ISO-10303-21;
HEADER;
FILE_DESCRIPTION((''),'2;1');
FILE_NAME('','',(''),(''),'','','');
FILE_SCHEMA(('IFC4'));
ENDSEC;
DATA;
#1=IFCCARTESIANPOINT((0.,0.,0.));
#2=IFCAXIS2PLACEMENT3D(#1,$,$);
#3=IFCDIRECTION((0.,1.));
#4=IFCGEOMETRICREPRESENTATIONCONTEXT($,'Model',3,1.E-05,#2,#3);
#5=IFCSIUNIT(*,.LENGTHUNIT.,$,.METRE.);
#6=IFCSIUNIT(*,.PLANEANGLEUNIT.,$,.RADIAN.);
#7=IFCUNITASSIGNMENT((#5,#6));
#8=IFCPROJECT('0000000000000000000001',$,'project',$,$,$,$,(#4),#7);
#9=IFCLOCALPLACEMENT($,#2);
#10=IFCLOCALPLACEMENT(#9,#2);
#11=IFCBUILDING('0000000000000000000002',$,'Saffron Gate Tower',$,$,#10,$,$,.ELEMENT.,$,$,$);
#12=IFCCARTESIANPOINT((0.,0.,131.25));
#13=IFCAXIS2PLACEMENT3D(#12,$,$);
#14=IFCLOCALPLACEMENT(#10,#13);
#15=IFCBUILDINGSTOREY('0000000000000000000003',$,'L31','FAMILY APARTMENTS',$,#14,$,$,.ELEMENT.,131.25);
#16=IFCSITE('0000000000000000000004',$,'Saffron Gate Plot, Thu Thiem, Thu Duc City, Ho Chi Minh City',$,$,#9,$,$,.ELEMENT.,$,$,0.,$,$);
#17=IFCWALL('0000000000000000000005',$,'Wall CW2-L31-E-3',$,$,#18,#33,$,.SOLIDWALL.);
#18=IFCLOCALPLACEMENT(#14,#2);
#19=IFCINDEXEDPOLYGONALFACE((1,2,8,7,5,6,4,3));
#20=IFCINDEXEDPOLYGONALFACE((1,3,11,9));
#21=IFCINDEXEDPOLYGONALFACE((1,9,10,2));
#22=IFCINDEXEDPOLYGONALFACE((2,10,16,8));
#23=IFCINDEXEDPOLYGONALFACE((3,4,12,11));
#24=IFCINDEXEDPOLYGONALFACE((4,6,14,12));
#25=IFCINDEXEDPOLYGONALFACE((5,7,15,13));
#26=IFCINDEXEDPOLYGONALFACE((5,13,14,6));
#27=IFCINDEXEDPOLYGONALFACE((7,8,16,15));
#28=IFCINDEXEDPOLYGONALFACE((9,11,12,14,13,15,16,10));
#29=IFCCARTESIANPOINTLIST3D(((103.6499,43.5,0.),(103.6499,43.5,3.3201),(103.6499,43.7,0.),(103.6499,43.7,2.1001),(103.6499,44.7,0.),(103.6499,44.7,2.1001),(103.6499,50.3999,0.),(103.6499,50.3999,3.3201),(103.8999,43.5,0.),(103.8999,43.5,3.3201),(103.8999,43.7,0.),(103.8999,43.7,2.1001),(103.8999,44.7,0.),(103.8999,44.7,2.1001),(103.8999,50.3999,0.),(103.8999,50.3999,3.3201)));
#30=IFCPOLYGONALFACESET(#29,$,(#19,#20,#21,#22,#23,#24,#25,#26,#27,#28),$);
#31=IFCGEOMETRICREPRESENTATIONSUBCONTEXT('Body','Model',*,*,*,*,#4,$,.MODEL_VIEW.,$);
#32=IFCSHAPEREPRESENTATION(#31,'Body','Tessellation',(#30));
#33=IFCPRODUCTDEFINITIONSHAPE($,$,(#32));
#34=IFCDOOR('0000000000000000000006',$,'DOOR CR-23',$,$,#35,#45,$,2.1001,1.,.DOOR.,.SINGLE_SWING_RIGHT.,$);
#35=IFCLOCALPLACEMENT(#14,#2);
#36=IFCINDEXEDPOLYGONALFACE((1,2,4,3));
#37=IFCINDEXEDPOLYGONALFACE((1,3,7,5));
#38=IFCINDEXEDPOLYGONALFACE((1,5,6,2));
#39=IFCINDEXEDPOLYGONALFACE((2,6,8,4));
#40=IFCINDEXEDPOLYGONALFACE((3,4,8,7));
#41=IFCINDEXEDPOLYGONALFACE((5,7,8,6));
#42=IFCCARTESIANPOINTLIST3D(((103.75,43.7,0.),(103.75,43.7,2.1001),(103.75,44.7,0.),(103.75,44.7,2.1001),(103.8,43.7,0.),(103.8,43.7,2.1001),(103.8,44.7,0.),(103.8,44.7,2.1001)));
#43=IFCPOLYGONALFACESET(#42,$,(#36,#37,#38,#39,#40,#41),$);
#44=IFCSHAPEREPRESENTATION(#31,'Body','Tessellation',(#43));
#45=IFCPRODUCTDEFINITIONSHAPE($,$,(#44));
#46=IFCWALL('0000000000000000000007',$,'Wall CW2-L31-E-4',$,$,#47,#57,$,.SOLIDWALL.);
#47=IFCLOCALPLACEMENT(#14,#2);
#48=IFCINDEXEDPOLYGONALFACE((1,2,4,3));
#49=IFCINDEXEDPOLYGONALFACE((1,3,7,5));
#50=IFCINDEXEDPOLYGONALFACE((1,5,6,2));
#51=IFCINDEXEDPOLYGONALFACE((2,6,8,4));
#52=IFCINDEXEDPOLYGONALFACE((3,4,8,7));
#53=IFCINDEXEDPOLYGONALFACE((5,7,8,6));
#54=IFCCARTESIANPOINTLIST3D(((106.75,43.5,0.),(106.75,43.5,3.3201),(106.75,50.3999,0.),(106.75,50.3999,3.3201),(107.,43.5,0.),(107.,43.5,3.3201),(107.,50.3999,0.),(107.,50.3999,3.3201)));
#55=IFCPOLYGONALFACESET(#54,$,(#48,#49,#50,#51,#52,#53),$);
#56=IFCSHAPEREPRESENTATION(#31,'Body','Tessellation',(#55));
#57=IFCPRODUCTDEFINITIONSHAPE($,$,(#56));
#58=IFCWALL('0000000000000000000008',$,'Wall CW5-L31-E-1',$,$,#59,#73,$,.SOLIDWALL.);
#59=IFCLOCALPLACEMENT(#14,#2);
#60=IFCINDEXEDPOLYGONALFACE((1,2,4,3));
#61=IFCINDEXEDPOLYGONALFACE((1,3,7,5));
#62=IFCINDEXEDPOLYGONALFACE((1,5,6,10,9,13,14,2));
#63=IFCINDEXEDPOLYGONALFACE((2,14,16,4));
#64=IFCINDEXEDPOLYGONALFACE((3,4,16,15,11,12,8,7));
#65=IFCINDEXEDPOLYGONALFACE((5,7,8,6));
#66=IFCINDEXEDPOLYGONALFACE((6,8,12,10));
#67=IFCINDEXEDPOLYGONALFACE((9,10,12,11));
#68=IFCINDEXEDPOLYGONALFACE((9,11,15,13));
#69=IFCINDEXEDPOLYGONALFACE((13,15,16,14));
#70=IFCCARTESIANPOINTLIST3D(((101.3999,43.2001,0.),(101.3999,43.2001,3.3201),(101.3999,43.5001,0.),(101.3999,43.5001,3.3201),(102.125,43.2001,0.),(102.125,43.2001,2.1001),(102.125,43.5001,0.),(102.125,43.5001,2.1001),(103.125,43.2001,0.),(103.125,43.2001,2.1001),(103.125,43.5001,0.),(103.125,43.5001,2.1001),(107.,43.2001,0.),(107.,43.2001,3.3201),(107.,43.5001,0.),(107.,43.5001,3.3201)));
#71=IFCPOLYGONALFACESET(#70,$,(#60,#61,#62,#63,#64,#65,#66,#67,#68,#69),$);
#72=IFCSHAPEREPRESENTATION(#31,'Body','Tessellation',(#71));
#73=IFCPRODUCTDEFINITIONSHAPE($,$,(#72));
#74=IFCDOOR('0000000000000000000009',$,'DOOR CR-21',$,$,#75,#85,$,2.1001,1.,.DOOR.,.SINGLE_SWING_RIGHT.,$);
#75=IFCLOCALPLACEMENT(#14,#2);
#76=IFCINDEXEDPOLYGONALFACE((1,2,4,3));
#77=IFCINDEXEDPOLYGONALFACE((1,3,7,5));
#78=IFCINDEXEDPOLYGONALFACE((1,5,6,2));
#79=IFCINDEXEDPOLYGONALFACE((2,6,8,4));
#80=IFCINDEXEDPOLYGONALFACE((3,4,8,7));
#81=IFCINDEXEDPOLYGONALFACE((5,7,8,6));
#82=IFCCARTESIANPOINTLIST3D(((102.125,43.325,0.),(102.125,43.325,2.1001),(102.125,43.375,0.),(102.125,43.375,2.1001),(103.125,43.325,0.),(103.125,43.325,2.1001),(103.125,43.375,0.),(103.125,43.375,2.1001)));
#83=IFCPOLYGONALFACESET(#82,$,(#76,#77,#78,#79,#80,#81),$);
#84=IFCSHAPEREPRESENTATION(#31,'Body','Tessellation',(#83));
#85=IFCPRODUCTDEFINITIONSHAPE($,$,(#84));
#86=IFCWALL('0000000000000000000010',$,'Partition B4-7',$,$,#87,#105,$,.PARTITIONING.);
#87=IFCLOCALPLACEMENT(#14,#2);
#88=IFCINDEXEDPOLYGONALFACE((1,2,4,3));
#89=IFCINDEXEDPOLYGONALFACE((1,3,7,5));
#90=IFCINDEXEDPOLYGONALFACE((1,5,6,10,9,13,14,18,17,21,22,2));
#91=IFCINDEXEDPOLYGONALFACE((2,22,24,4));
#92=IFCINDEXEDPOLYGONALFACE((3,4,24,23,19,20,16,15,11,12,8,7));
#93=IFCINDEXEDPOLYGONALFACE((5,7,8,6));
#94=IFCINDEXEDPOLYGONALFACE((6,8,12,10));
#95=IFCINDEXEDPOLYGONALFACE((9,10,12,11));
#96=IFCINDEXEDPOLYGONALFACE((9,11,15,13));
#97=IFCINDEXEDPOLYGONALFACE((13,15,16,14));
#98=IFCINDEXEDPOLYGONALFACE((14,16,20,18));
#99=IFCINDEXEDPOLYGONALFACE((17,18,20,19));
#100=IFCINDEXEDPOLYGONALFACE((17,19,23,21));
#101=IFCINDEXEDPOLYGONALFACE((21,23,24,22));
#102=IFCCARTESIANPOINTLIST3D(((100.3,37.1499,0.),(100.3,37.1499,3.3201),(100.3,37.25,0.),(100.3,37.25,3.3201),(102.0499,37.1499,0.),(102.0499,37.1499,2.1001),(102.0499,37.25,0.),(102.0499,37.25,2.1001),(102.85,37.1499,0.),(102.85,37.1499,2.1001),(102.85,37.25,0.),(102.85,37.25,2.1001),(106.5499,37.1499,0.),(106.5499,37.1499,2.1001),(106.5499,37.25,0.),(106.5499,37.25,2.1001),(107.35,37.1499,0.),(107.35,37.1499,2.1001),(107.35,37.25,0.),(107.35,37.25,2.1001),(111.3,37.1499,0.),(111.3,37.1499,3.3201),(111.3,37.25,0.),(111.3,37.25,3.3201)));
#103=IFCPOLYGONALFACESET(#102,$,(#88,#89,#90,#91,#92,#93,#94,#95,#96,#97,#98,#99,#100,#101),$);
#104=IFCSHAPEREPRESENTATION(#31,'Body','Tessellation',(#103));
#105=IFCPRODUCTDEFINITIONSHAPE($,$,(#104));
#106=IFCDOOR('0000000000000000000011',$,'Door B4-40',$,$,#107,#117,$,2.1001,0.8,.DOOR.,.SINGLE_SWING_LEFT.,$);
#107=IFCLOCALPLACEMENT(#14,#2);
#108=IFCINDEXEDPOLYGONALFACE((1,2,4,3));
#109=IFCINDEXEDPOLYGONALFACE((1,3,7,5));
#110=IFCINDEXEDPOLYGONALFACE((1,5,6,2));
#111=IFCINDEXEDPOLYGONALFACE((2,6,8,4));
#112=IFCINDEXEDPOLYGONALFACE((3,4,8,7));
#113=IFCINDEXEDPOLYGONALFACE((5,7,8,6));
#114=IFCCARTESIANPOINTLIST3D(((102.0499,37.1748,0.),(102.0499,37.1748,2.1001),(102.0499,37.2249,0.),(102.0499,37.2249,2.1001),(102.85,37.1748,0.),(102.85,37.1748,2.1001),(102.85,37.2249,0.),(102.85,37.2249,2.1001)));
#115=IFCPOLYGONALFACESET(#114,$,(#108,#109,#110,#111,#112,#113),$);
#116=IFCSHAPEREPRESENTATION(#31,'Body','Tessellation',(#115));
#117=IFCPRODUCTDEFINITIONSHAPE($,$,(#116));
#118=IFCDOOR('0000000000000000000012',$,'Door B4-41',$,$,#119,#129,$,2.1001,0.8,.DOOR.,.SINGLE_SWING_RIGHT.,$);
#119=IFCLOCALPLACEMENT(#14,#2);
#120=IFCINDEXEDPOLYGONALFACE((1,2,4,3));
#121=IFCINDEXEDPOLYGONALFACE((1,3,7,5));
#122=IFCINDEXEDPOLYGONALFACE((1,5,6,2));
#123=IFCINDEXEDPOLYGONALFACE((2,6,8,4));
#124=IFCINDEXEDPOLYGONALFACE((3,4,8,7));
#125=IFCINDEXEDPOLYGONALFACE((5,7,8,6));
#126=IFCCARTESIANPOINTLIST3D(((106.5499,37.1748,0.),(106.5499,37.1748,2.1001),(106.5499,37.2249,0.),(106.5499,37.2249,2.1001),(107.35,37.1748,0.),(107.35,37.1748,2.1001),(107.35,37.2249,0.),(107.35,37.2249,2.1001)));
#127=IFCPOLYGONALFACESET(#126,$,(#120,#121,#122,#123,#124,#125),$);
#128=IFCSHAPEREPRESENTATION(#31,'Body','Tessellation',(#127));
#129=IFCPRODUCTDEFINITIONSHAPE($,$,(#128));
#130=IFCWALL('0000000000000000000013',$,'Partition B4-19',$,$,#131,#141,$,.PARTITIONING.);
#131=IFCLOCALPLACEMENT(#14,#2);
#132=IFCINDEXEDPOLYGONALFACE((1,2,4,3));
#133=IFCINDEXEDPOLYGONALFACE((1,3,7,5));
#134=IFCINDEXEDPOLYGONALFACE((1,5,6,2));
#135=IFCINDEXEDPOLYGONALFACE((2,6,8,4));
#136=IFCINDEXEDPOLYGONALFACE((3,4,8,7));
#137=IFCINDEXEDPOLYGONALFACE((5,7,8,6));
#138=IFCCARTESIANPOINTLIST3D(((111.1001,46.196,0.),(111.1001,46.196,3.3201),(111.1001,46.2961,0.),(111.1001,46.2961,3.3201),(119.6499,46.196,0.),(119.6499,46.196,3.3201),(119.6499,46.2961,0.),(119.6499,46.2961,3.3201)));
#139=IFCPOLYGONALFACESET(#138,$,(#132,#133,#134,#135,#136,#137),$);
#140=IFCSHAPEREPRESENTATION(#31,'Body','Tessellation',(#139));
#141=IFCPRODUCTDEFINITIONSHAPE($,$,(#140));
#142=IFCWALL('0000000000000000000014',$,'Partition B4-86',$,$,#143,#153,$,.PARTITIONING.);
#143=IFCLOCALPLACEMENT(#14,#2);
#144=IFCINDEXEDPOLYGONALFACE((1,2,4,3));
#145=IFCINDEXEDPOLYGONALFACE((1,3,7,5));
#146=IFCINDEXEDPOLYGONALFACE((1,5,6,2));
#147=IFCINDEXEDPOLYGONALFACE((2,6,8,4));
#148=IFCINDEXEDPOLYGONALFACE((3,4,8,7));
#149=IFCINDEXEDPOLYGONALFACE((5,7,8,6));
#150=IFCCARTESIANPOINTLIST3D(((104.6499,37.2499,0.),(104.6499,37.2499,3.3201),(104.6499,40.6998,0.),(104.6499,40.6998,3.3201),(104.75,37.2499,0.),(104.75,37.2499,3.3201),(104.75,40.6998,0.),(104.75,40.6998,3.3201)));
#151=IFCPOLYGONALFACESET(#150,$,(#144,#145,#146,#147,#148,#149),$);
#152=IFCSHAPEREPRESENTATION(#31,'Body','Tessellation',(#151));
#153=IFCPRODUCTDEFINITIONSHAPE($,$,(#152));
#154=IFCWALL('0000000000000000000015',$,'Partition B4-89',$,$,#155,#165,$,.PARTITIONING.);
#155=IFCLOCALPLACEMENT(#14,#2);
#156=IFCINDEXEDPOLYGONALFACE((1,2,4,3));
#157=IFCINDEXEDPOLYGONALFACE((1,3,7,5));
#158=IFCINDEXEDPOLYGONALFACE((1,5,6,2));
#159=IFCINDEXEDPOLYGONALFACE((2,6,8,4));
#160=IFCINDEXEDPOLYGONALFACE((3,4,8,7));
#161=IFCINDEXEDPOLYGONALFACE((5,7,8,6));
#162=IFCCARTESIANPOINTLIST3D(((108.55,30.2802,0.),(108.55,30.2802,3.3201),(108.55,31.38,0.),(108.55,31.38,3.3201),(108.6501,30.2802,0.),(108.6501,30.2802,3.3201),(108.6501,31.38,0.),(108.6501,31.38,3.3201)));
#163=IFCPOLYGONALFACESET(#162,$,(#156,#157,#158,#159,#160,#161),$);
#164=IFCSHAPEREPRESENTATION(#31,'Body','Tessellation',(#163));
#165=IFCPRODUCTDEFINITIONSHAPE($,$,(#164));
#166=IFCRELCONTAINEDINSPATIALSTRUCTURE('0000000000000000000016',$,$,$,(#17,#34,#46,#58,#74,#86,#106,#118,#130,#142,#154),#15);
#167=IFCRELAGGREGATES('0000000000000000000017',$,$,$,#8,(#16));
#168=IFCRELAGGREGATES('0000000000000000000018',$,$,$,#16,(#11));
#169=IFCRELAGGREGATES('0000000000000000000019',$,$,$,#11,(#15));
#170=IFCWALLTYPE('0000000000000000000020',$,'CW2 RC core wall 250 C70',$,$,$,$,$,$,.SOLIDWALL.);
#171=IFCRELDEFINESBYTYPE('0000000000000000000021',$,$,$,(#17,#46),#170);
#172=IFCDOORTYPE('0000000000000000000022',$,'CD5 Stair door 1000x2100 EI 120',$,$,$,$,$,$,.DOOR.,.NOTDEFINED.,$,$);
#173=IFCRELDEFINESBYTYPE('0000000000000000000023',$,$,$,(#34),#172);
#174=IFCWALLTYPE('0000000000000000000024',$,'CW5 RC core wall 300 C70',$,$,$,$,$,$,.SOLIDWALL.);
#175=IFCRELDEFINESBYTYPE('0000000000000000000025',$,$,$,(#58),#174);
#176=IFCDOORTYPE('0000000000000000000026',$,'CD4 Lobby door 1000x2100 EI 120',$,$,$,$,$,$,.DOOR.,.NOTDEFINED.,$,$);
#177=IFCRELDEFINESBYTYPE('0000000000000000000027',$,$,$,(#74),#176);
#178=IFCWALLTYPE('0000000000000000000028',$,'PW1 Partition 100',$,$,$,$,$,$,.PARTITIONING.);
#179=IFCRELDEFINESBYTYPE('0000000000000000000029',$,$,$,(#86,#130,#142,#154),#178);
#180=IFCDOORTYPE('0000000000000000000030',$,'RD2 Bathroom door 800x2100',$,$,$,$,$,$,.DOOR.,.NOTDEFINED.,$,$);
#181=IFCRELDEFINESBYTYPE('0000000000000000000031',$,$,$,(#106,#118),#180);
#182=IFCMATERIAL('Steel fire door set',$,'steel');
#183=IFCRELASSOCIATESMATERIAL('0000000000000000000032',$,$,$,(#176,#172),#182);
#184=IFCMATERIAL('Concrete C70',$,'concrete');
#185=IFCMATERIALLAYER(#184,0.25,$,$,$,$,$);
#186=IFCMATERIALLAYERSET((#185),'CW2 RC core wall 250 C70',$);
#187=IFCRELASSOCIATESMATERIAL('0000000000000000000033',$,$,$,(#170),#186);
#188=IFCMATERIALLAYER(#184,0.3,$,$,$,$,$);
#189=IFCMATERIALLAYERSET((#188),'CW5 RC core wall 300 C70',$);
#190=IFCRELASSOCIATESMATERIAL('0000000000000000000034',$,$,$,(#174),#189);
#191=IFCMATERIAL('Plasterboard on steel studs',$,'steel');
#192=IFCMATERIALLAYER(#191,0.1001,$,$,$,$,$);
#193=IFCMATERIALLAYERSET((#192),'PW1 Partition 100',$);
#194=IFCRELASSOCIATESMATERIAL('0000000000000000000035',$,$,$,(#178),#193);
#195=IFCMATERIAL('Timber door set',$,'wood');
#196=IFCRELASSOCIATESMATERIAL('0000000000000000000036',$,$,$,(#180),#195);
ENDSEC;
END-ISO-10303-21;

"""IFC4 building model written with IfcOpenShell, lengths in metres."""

from ifc_helpers import new_model, si_unit, direction, frame, frame_2d, origin, place, context, subcontext, project, spatial, rectangle, extrude, material, layer, layer_set, type_object, element, fill, save


model = new_model("IFC4")

# Units and contexts
model_context = context("Model", 3, precision=1e-05, world=origin(), true_north=direction((0.0, 1.0)))
body_context = subcontext(model_context, "Body", "Model", "MODEL_VIEW")
ifc_project = project(units=[si_unit("LENGTHUNIT", "METRE"), si_unit("PLANEANGLEUNIT", "RADIAN")], contexts=[model_context])

# Site, building, storey
site_placement = place(None, origin())
site = spatial("IfcSite", under=ifc_project, at=site_placement, Name="Saffron Gate Plot, Thu Thiem, Thu Duc City, Ho Chi Minh City", CompositionType="ELEMENT", RefElevation=0.0)
building_placement = place(site_placement, origin())
building = spatial("IfcBuilding", under=site, at=building_placement, Name="Saffron Gate Tower", CompositionType="ELEMENT")
storey_placement = place(building_placement, frame((0.0, 0.0, 131.25)))
storey = spatial("IfcBuildingStorey", under=building, at=storey_placement, Name="L31", Description="FAMILY APARTMENTS", CompositionType="ELEMENT", Elevation=131.25)

# Wall, opening, door
ifc_material_1 = material(Name="Steel fire door set", Category="steel")
door_type_1 = type_object("IfcDoorType", Name="CD4 Lobby door 1000x2100 EI 120", OperationType="NOTDEFINED", PredefinedType="DOOR", material=ifc_material_1)
ifc_material_2 = material(Name="Concrete C70", Category="concrete")
ifc_layer_1 = layer(ifc_material_2, 0.25)
ifc_layer_set_1 = layer_set([ifc_layer_1], Name="CW2 RC core wall 250 C70")
wall_type_1 = type_object("IfcWallType", Name="CW2 RC core wall 250 C70", PredefinedType="SOLIDWALL", material=ifc_layer_set_1)
wall_1_placement = place(storey_placement, frame((103.7749, 43.5, 0.0), z_axis=(0.0, 0.0, 1.0), x_axis=(0.0, 1.0, 0.0)))
wall_1 = element("IfcWall", 1, at=wall_1_placement, inside=storey, type_object=wall_type_1, Name="Wall CW2-L31-E-3", PredefinedType="SOLIDWALL", context=body_context, shape_type="SweptSolid", body=[
    extrude(rectangle(XDim=6.8999, YDim=0.25, at=frame_2d((3.45, 0.0))), origin(), (0.0, 0.0, 1.0), 3.3201),
])
opening_1_placement = place(wall_1_placement, frame((0.2, 0.0, 0.0)))
opening_1 = element("IfcOpeningElement", 2, at=opening_1_placement, cuts=wall_1, PredefinedType="OPENING", context=body_context, shape_type="SweptSolid", body=[
    extrude(rectangle(XDim=1.0, YDim=2.1001, at=frame_2d((0.5, 1.05))), frame((0.0, 0.135, 0.0), z_axis=(0.0, -1.0, 0.0), x_axis=(1.0, 0.0, 0.0)), (0.0, 0.0, 1.0), 0.27),
])
door_type_2 = type_object("IfcDoorType", Name="CD5 Stair door 1000x2100 EI 120", OperationType="NOTDEFINED", PredefinedType="DOOR", material=ifc_material_1)
door_1_placement = place(opening_1_placement, origin())
door_1 = element("IfcDoor", 3, at=door_1_placement, inside=storey, type_object=door_type_2, Name="DOOR CR-23", OperationType="SINGLE_SWING_RIGHT", OverallHeight=2.1001, OverallWidth=1.0, PredefinedType="DOOR", context=body_context, shape_type="SweptSolid", body=[
    extrude(rectangle(XDim=1.0, YDim=2.1001, at=frame_2d((0.5, 1.05))), frame((0.0, 0.0249, 0.0), z_axis=(0.0, -1.0, 0.0), x_axis=(1.0, 0.0, 0.0)), (0.0, 0.0, 1.0), 0.05),
])
fill(opening_1, door_1)

# Wall
wall_2_placement = place(storey_placement, frame((106.875, 43.5, 0.0), z_axis=(0.0, 0.0, 1.0), x_axis=(0.0, 1.0, 0.0)))
element("IfcWall", 4, at=wall_2_placement, inside=storey, type_object=wall_type_1, Name="Wall CW2-L31-E-4", PredefinedType="SOLIDWALL", context=body_context, shape_type="SweptSolid", body=[
    extrude(rectangle(XDim=6.8999, YDim=0.25, at=frame_2d((3.45, 0.0))), origin(), (0.0, 0.0, 1.0), 3.3201),
])

# Wall, opening, door
ifc_layer_2 = layer(ifc_material_2, 0.3)
ifc_layer_set_2 = layer_set([ifc_layer_2], Name="CW5 RC core wall 300 C70")
wall_type_2 = type_object("IfcWallType", Name="CW5 RC core wall 300 C70", PredefinedType="SOLIDWALL", material=ifc_layer_set_2)
wall_3_placement = place(storey_placement, frame((101.3999, 43.3501, 0.0), z_axis=(0.0, 0.0, 1.0), x_axis=(1.0, 0.0, 0.0)))
wall_3 = element("IfcWall", 5, at=wall_3_placement, inside=storey, type_object=wall_type_2, Name="Wall CW5-L31-E-1", PredefinedType="SOLIDWALL", context=body_context, shape_type="SweptSolid", body=[
    extrude(rectangle(XDim=5.6001, YDim=0.3, at=frame_2d((2.8, 0.0))), origin(), (0.0, 0.0, 1.0), 3.3201),
])
opening_2_placement = place(wall_3_placement, frame((0.7251, 0.0, 0.0)))
opening_2 = element("IfcOpeningElement", 6, at=opening_2_placement, cuts=wall_3, PredefinedType="OPENING", context=body_context, shape_type="SweptSolid", body=[
    extrude(rectangle(XDim=1.0, YDim=2.1001, at=frame_2d((0.5, 1.05))), frame((0.0, 0.1602, 0.0), z_axis=(0.0, -1.0, 0.0), x_axis=(1.0, 0.0, 0.0)), (0.0, 0.0, 1.0), 0.3201),
])
door_2_placement = place(opening_2_placement, origin())
door_2 = element("IfcDoor", 7, at=door_2_placement, inside=storey, type_object=door_type_1, Name="DOOR CR-21", OperationType="SINGLE_SWING_RIGHT", OverallHeight=2.1001, OverallWidth=1.0, PredefinedType="DOOR", context=body_context, shape_type="SweptSolid", body=[
    extrude(rectangle(XDim=1.0, YDim=2.1001, at=frame_2d((0.5, 1.05))), frame((0.0, 0.0249, 0.0), z_axis=(0.0, -1.0, 0.0), x_axis=(1.0, 0.0, 0.0)), (0.0, 0.0, 1.0), 0.05),
])
fill(opening_2, door_2)

# Wall, openings, doors
ifc_material_3 = material(Name="Plasterboard on steel studs", Category="steel")
ifc_layer_3 = layer(ifc_material_3, 0.1001)
ifc_layer_set_3 = layer_set([ifc_layer_3], Name="PW1 Partition 100")
wall_type_3 = type_object("IfcWallType", Name="PW1 Partition 100", PredefinedType="PARTITIONING", material=ifc_layer_set_3)
wall_4_placement = place(storey_placement, frame((100.3, 37.2, 0.0), z_axis=(0.0, 0.0, 1.0), x_axis=(1.0, 0.0, 0.0)))
wall_4 = element("IfcWall", 8, at=wall_4_placement, inside=storey, type_object=wall_type_3, Name="Partition B4-7", PredefinedType="PARTITIONING", context=body_context, shape_type="SweptSolid", body=[
    extrude(rectangle(XDim=11.0, YDim=0.1001, at=frame_2d((5.5, 0.0))), origin(), (0.0, 0.0, 1.0), 3.3201),
])
opening_3_placement = place(wall_4_placement, frame((1.75, 0.0, 0.0)))
opening_3 = element("IfcOpeningElement", 9, at=opening_3_placement, cuts=wall_4, PredefinedType="OPENING", context=body_context, shape_type="SweptSolid", body=[
    extrude(rectangle(XDim=0.8, YDim=2.1001, at=frame_2d((0.3999, 1.05))), frame((0.0, 0.0601, 0.0), z_axis=(0.0, -1.0, 0.0), x_axis=(1.0, 0.0, 0.0)), (0.0, 0.0, 1.0), 0.1201),
])
opening_4_placement = place(wall_4_placement, frame((6.25, 0.0, 0.0)))
opening_4 = element("IfcOpeningElement", 10, at=opening_4_placement, cuts=wall_4, PredefinedType="OPENING", context=body_context, shape_type="SweptSolid", body=[
    extrude(rectangle(XDim=0.8, YDim=2.1001, at=frame_2d((0.3999, 1.05))), frame((0.0, 0.0601, 0.0), z_axis=(0.0, -1.0, 0.0), x_axis=(1.0, 0.0, 0.0)), (0.0, 0.0, 1.0), 0.1201),
])
ifc_material_4 = material(Name="Timber door set", Category="wood")
door_type_3 = type_object("IfcDoorType", Name="RD2 Bathroom door 800x2100", OperationType="NOTDEFINED", PredefinedType="DOOR", material=ifc_material_4)
door_3_placement = place(opening_3_placement, origin())
door_3 = element("IfcDoor", 11, at=door_3_placement, inside=storey, type_object=door_type_3, Name="Door B4-40", OperationType="SINGLE_SWING_LEFT", OverallHeight=2.1001, OverallWidth=0.8, PredefinedType="DOOR", context=body_context, shape_type="SweptSolid", body=[
    extrude(rectangle(XDim=0.8, YDim=2.1001, at=frame_2d((0.3999, 1.05))), frame((0.0, 0.0249, 0.0), z_axis=(0.0, -1.0, 0.0), x_axis=(1.0, 0.0, 0.0)), (0.0, 0.0, 1.0), 0.05),
])
fill(opening_3, door_3)
door_4_placement = place(opening_4_placement, origin())
door_4 = element("IfcDoor", 12, at=door_4_placement, inside=storey, type_object=door_type_3, Name="Door B4-41", OperationType="SINGLE_SWING_RIGHT", OverallHeight=2.1001, OverallWidth=0.8, PredefinedType="DOOR", context=body_context, shape_type="SweptSolid", body=[
    extrude(rectangle(XDim=0.8, YDim=2.1001, at=frame_2d((0.3999, 1.05))), frame((0.0, 0.0249, 0.0), z_axis=(0.0, -1.0, 0.0), x_axis=(1.0, 0.0, 0.0)), (0.0, 0.0, 1.0), 0.05),
])
fill(opening_4, door_4)

# Walls
wall_5_placement = place(storey_placement, frame((111.1001, 46.2461, 0.0), z_axis=(0.0, 0.0, 1.0), x_axis=(1.0, 0.0, 0.0)))
element("IfcWall", 13, at=wall_5_placement, inside=storey, type_object=wall_type_3, Name="Partition B4-19", PredefinedType="PARTITIONING", context=body_context, shape_type="SweptSolid", body=[
    extrude(rectangle(XDim=8.5498, YDim=0.1001, at=frame_2d((4.2749, 0.0))), origin(), (0.0, 0.0, 1.0), 3.3201),
])
wall_6_placement = place(storey_placement, frame((104.7, 40.7, 0.0), z_axis=(0.0, 0.0, 1.0), x_axis=(0.0, -1.0, 0.0)))
element("IfcWall", 14, at=wall_6_placement, inside=storey, type_object=wall_type_3, Name="Partition B4-86", PredefinedType="PARTITIONING", context=body_context, shape_type="SweptSolid", body=[
    extrude(rectangle(XDim=3.45, YDim=0.1001, at=frame_2d((1.7251, 0.0))), origin(), (0.0, 0.0, 1.0), 3.3201),
])
wall_7_placement = place(storey_placement, frame((108.6001, 31.3799, 0.0), z_axis=(0.0, 0.0, 1.0), x_axis=(0.0, -1.0, 0.0)))
element("IfcWall", 15, at=wall_7_placement, inside=storey, type_object=wall_type_3, Name="Partition B4-89", PredefinedType="PARTITIONING", context=body_context, shape_type="SweptSolid", body=[
    extrude(rectangle(XDim=1.0999, YDim=0.1001, at=frame_2d((0.5498, 0.0))), origin(), (0.0, 0.0, 1.0), 3.3201),
])

save(model, "model.ifc")
